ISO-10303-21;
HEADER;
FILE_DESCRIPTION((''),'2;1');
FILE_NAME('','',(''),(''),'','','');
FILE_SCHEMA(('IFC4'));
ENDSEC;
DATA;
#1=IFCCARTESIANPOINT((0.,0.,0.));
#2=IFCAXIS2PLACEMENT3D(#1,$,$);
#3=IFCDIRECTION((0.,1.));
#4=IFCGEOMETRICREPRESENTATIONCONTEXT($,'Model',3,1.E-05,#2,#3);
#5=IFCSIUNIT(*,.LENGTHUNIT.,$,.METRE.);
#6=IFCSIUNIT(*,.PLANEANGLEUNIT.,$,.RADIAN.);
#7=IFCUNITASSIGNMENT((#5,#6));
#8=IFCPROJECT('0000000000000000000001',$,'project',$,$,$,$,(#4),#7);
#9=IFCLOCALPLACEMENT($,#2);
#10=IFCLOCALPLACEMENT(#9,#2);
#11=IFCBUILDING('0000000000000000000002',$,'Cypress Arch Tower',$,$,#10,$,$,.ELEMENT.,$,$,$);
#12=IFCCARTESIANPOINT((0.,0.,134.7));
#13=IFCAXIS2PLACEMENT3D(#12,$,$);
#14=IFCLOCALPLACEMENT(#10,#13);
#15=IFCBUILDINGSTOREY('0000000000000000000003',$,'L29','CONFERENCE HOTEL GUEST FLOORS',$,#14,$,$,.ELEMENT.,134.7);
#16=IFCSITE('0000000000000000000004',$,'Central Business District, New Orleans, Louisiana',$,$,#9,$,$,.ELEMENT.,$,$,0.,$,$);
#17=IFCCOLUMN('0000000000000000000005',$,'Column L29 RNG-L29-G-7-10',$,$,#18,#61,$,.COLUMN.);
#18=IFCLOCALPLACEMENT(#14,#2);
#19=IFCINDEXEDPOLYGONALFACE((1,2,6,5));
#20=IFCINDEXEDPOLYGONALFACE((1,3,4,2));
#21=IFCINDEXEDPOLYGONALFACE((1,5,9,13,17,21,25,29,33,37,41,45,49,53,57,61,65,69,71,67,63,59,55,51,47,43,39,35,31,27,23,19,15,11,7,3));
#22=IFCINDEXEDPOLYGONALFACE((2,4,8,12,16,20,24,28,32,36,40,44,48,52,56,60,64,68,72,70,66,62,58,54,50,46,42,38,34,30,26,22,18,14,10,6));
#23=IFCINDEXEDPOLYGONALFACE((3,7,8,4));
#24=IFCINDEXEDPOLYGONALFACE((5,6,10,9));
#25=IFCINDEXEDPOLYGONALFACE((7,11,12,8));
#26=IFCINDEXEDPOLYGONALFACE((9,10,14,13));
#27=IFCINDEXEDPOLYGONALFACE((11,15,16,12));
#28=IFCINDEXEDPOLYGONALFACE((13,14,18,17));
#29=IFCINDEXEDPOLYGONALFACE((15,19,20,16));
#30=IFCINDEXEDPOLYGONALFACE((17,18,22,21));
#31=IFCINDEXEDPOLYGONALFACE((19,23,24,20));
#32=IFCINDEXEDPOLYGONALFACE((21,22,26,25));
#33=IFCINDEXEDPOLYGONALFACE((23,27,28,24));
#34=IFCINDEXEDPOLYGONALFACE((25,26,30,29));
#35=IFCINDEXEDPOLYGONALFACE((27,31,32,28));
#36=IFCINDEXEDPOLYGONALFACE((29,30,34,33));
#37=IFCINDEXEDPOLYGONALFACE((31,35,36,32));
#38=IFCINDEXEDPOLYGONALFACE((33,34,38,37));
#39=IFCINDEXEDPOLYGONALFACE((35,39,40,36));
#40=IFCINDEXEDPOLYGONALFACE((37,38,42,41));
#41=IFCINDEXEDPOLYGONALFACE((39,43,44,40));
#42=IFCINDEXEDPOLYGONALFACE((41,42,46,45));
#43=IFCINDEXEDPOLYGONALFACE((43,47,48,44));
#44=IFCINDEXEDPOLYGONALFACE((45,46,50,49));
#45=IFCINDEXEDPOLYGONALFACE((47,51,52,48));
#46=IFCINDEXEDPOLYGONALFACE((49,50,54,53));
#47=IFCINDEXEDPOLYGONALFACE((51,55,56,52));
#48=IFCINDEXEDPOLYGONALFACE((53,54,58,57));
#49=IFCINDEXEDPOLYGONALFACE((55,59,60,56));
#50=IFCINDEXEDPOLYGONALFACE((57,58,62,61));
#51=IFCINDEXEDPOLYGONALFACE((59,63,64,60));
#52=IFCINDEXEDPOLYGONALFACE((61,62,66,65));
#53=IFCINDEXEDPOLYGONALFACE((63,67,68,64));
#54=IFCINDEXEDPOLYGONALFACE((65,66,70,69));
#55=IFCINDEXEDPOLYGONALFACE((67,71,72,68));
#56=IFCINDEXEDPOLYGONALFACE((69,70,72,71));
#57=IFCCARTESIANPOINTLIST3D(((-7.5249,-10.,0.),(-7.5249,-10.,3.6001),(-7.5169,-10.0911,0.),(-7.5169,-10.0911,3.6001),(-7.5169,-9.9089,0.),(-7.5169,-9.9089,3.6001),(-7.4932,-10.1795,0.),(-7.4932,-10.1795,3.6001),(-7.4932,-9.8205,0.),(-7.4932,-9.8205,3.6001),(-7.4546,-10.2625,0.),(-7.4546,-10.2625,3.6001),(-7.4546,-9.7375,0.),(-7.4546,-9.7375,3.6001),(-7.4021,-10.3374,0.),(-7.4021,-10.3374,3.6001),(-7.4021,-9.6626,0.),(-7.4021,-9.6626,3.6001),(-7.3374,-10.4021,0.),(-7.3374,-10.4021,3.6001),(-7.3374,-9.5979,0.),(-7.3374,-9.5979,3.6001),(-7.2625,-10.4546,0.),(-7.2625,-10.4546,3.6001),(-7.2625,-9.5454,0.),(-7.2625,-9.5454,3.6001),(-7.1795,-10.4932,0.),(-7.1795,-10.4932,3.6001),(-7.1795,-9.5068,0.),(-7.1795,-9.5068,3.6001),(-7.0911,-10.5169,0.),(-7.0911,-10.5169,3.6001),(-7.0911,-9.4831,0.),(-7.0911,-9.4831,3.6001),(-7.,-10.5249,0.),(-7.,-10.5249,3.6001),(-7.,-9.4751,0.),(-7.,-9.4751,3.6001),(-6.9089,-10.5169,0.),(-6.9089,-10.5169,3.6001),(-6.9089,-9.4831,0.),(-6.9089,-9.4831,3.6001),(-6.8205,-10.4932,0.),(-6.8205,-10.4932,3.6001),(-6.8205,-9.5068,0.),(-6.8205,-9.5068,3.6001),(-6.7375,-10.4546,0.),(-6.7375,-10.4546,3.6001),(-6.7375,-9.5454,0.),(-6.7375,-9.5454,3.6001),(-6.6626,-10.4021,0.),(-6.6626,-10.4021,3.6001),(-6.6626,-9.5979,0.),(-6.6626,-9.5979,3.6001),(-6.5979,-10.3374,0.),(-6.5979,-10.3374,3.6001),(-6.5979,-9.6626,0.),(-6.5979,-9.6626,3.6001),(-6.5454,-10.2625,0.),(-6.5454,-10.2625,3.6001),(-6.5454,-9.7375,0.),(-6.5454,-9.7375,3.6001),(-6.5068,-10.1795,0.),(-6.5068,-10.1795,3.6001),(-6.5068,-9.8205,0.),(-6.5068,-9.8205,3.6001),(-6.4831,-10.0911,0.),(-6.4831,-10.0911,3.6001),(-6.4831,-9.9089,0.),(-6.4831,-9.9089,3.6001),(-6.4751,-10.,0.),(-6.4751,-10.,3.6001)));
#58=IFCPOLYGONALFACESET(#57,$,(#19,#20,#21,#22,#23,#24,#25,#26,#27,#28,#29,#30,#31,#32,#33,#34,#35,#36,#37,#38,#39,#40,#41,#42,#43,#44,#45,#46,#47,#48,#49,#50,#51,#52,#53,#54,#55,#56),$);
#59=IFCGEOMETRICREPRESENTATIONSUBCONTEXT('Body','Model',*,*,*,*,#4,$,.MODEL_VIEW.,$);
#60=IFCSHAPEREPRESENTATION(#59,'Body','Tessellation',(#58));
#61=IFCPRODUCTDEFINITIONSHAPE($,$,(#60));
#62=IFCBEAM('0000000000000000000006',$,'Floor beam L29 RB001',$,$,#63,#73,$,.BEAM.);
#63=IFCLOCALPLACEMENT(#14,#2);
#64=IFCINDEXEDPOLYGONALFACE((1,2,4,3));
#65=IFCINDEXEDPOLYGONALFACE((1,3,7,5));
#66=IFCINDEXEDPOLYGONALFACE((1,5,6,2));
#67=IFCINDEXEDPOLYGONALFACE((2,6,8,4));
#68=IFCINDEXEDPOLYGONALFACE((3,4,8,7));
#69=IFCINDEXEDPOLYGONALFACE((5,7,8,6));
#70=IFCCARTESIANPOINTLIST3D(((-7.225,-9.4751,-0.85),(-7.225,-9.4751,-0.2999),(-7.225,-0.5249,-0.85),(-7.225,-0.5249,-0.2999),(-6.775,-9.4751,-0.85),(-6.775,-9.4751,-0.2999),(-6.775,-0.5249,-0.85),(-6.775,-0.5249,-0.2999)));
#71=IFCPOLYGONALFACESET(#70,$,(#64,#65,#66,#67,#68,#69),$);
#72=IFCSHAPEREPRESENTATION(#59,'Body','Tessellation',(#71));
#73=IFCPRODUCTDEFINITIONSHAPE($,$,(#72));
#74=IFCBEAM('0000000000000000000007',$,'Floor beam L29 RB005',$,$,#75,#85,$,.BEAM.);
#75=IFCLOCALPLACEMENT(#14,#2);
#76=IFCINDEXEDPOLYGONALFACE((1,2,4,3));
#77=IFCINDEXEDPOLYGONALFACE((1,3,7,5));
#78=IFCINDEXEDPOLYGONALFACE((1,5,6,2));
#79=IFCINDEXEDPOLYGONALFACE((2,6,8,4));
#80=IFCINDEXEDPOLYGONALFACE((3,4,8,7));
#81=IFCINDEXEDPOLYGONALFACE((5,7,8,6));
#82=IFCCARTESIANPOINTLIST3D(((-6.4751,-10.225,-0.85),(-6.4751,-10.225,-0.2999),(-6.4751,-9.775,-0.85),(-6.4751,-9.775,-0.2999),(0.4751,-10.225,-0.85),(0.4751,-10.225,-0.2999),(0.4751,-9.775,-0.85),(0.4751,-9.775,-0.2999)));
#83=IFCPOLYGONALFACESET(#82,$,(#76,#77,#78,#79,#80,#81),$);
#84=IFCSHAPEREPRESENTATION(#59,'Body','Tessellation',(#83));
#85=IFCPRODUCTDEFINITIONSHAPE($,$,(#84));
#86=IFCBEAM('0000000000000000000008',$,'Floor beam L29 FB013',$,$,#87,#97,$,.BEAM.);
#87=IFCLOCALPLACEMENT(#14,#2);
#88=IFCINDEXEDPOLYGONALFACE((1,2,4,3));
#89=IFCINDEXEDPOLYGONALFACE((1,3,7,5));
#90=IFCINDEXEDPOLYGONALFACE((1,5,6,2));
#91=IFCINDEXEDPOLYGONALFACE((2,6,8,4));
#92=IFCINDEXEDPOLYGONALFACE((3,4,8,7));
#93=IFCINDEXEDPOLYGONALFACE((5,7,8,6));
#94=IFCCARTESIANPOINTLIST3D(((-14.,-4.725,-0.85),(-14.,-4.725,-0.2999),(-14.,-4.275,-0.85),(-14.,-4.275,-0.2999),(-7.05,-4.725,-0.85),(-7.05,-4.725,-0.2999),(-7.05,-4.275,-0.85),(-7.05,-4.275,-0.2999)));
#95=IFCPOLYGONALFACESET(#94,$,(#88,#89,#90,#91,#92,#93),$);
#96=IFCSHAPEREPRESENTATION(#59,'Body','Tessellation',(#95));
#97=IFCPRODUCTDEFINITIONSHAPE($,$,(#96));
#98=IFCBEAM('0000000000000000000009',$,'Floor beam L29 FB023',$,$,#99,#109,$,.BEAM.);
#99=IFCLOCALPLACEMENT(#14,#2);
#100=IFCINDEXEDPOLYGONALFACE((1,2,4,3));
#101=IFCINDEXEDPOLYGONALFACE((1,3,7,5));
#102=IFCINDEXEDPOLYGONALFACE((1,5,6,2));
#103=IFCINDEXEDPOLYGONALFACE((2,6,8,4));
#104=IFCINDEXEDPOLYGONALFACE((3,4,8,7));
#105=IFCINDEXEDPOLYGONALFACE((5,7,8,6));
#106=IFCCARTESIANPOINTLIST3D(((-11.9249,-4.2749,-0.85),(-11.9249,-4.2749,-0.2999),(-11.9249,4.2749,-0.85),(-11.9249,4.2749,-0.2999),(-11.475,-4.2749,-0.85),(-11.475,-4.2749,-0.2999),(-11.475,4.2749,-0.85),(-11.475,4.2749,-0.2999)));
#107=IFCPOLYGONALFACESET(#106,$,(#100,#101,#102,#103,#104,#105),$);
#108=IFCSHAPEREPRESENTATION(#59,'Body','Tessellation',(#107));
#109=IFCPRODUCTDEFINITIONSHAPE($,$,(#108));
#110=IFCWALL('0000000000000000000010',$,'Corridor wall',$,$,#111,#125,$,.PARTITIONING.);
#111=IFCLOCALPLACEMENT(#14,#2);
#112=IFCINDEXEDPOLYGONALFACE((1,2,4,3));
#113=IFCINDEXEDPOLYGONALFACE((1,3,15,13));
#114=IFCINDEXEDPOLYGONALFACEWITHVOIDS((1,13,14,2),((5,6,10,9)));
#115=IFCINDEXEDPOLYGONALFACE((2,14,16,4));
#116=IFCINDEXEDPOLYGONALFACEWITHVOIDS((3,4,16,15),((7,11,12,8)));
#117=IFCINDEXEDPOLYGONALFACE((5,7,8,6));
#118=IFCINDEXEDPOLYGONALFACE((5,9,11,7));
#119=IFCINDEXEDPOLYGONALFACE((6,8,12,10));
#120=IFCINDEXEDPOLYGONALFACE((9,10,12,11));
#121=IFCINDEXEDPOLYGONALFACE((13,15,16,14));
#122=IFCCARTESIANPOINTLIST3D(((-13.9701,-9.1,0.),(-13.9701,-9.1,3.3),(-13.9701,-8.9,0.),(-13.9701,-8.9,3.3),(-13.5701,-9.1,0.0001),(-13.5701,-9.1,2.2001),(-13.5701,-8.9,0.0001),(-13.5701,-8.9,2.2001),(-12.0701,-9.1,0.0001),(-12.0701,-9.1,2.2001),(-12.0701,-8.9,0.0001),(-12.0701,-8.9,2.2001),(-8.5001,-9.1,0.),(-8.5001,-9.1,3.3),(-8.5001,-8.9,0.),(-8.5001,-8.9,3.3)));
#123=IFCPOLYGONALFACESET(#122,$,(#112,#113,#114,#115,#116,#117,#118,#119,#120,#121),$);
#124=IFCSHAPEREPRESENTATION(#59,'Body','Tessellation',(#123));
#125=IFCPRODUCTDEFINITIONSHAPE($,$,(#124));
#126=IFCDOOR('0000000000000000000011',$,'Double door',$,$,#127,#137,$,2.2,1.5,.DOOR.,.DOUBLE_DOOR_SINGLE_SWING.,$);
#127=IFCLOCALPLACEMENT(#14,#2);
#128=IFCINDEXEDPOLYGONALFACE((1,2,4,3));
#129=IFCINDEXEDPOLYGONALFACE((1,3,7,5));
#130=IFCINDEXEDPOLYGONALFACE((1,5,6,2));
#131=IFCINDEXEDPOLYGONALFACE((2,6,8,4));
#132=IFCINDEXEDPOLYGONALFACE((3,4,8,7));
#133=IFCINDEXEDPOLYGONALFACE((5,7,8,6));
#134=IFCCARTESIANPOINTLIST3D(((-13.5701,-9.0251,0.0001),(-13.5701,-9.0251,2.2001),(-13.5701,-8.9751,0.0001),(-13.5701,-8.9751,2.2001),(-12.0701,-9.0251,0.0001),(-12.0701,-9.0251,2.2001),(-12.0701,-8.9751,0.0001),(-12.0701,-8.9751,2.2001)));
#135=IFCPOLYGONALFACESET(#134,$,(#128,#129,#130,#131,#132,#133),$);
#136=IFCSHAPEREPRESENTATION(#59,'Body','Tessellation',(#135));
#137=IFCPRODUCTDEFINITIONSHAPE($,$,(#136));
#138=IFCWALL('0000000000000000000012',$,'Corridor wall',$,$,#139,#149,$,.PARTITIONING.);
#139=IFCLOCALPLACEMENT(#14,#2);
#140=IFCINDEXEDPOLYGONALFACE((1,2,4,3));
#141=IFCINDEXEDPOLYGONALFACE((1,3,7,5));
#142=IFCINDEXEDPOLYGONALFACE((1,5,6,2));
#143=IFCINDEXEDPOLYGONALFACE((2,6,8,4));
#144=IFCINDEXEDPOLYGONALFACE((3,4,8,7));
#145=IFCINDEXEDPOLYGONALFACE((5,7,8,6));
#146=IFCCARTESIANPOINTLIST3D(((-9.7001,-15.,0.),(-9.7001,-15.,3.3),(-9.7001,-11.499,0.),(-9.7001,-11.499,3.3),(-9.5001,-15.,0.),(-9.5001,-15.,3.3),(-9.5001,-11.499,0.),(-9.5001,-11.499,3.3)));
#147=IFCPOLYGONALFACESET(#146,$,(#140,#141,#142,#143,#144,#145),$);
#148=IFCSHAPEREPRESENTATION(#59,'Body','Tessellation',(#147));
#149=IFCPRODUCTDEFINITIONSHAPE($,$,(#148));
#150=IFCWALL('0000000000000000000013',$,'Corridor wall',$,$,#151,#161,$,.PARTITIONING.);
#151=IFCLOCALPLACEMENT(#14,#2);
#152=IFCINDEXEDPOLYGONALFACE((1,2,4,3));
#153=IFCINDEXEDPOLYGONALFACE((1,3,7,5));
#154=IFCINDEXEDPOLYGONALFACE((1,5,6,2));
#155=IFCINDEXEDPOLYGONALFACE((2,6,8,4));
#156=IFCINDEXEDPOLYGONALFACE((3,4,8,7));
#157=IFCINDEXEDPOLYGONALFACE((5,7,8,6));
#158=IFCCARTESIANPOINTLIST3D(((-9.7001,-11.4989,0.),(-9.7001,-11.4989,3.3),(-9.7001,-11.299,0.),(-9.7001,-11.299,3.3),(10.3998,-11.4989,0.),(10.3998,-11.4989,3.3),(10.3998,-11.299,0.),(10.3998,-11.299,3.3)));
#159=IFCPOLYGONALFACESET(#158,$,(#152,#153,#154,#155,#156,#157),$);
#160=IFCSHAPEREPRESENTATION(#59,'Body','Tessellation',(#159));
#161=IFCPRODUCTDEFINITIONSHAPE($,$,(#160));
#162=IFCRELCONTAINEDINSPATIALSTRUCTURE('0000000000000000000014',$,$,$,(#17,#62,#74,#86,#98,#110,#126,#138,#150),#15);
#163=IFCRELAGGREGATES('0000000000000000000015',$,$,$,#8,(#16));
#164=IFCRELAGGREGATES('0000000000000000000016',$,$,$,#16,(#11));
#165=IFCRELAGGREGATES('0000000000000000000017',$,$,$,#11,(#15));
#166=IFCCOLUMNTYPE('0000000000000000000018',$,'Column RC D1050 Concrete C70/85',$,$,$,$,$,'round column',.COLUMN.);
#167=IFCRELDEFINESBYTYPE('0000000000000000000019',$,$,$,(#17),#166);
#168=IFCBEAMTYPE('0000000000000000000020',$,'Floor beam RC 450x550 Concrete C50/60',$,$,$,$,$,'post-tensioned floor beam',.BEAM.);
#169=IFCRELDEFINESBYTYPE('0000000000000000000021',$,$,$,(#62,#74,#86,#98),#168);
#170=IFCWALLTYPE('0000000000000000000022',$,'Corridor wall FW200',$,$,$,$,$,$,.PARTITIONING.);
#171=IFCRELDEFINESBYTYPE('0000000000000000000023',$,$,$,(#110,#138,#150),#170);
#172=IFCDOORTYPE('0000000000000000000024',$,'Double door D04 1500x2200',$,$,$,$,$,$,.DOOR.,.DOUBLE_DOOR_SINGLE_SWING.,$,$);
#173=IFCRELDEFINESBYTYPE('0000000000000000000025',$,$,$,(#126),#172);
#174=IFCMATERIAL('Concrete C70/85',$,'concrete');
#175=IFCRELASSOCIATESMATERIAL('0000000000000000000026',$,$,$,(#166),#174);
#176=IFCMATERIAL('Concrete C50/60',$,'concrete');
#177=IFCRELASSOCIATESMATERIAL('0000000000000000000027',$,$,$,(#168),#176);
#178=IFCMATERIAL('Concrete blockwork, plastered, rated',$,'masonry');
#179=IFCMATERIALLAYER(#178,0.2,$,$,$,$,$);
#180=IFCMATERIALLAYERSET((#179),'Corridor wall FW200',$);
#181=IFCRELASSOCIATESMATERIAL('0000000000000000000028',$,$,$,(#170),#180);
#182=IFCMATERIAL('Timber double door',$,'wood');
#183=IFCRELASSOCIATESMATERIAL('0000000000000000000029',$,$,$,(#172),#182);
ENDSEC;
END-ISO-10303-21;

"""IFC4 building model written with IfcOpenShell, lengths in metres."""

from ifc_helpers import new_model, si_unit, direction, frame, frame_2d, origin, origin_2d, place, context, subcontext, project, spatial, rectangle, circle, extrude, material, layer, layer_set, material_profile, profile_set, type_object, element, fill, save


model = new_model("IFC4")

# Units and contexts
model_context = context("Model", 3, precision=1e-05, world=origin(), true_north=direction((0.0, 1.0)))
body_context = subcontext(model_context, "Body", "Model", "MODEL_VIEW")
ifc_project = project(units=[si_unit("LENGTHUNIT", "METRE"), si_unit("PLANEANGLEUNIT", "RADIAN")], contexts=[model_context])

# Site, building, storey
site_placement = place(None, origin())
site = spatial("IfcSite", under=ifc_project, at=site_placement, Name="Central Business District, New Orleans, Louisiana", CompositionType="ELEMENT", RefElevation=0.0)
building_placement = place(site_placement, origin())
building = spatial("IfcBuilding", under=site, at=building_placement, Name="Cypress Arch Tower", CompositionType="ELEMENT")
storey_placement = place(building_placement, frame((0.0, 0.0, 134.7)))
storey = spatial("IfcBuildingStorey", under=building, at=storey_placement, Name="L29", Description="CONFERENCE HOTEL GUEST FLOORS", CompositionType="ELEMENT", Elevation=134.7)

# Column
ifc_material_1 = material(Name="Concrete C70/85", Category="concrete")
ifc_material_profile_1 = material_profile(ifc_material_1, circle(Radius=0.5249, at=origin_2d()), Name="RC D1050")
ifc_profile_set_1 = profile_set([ifc_material_profile_1], Name="Concrete C70/85")
column_type = type_object("IfcColumnType", Name="Column RC D1050 Concrete C70/85", ElementType="round column", PredefinedType="COLUMN", material=ifc_profile_set_1)
column_placement = place(storey_placement, frame((-7.0, -10.0, 0.0), z_axis=(0.0, 0.0, 1.0), x_axis=(1.0, 0.0, 0.0)))
element("IfcColumn", 1, at=column_placement, inside=storey, type_object=column_type, Name="Column L29 RNG-L29-G-7-10", PredefinedType="COLUMN", context=body_context, shape_type="SweptSolid", body=[
    extrude(circle(Radius=0.5249, at=origin_2d()), origin(), (0.0, 0.0, 1.0), 3.6001),
])

# Beams
ifc_material_2 = material(Name="Concrete C50/60", Category="concrete")
ifc_material_profile_2 = material_profile(ifc_material_2, rectangle(XDim=0.45, YDim=0.55, at=origin_2d()), Name="RC 450x550")
ifc_profile_set_2 = profile_set([ifc_material_profile_2], Name="Concrete C50/60")
beam_type = type_object("IfcBeamType", Name="Floor beam RC 450x550 Concrete C50/60", ElementType="post-tensioned floor beam", PredefinedType="BEAM", material=ifc_profile_set_2)
beam_1_placement = place(storey_placement, frame((-7.0, -9.4751, -0.575), z_axis=(0.0, 1.0, 0.0), x_axis=(-1.0, 0.0, 0.0)))
element("IfcBeam", 2, at=beam_1_placement, inside=storey, type_object=beam_type, Name="Floor beam L29 RB001", PredefinedType="BEAM", context=body_context, shape_type="SweptSolid", body=[
    extrude(rectangle(XDim=0.45, YDim=0.55, at=origin_2d()), origin(), (0.0, 0.0, 1.0), 8.9502),
])
beam_2_placement = place(storey_placement, frame((-6.4751, -10.0, -0.575), z_axis=(1.0, 0.0, 0.0), x_axis=(0.0, 1.0, 0.0)))
element("IfcBeam", 3, at=beam_2_placement, inside=storey, type_object=beam_type, Name="Floor beam L29 RB005", PredefinedType="BEAM", context=body_context, shape_type="SweptSolid", body=[
    extrude(rectangle(XDim=0.45, YDim=0.55, at=origin_2d()), origin(), (0.0, 0.0, 1.0), 6.9502),
])
beam_3_placement = place(storey_placement, frame((-14.0, -4.5, -0.575), z_axis=(1.0, 0.0, 0.0), x_axis=(0.0, 1.0, 0.0)))
element("IfcBeam", 4, at=beam_3_placement, inside=storey, type_object=beam_type, Name="Floor beam L29 FB013", PredefinedType="BEAM", context=body_context, shape_type="SweptSolid", body=[
    extrude(rectangle(XDim=0.45, YDim=0.55, at=origin_2d()), origin(), (0.0, 0.0, 1.0), 6.95),
])
beam_4_placement = place(storey_placement, frame((-11.7, -4.2749, -0.575), z_axis=(0.0, 1.0, 0.0), x_axis=(-1.0, 0.0, 0.0)))
element("IfcBeam", 5, at=beam_4_placement, inside=storey, type_object=beam_type, Name="Floor beam L29 FB023", PredefinedType="BEAM", context=body_context, shape_type="SweptSolid", body=[
    extrude(rectangle(XDim=0.45, YDim=0.55, at=origin_2d()), origin(), (0.0, 0.0, 1.0), 8.5498),
])

# Wall, opening, door
ifc_material_3 = material(Name="Concrete blockwork, plastered, rated", Category="masonry")
ifc_layer_1 = layer(ifc_material_3, 0.2)
ifc_layer_set_1 = layer_set([ifc_layer_1], Name="Corridor wall FW200")
wall_type_1 = type_object("IfcWallType", Name="Corridor wall FW200", PredefinedType="PARTITIONING", material=ifc_layer_set_1)
wall_1_placement = place(storey_placement, frame((-13.97, -9.0, 0.0), z_axis=(0.0, 0.0, 1.0), x_axis=(1.0, 0.0, 0.0)))
wall_1 = element("IfcWall", 6, at=wall_1_placement, inside=storey, type_object=wall_type_1, Name="Corridor wall", PredefinedType="PARTITIONING", context=body_context, shape_type="SweptSolid", body=[
    extrude(rectangle(XDim=5.47, YDim=0.2, at=frame_2d((2.7349, 0.0))), origin(), (0.0, 0.0, 1.0), 3.3),
])
opening_1_placement = place(wall_1_placement, frame((0.3999, 0.0, 0.0)))
opening_1 = element("IfcOpeningElement", 7, at=opening_1_placement, cuts=wall_1, PredefinedType="OPENING", context=body_context, shape_type="SweptSolid", body=[
    extrude(rectangle(XDim=1.5, YDim=2.2, at=frame_2d((0.75, 1.1001))), frame((0.0, 0.1099, 0.0), z_axis=(0.0, -1.0, 0.0), x_axis=(1.0, 0.0, 0.0)), (0.0, 0.0, 1.0), 0.22),
])
ifc_material_4 = material(Name="Timber double door", Category="wood")
door_type_1 = type_object("IfcDoorType", Name="Double door D04 1500x2200", OperationType="DOUBLE_DOOR_SINGLE_SWING", PredefinedType="DOOR", material=ifc_material_4)
door_1_placement = place(opening_1_placement, origin())
door_1 = element("IfcDoor", 8, at=door_1_placement, inside=storey, type_object=door_type_1, Name="Double door", OperationType="DOUBLE_DOOR_SINGLE_SWING", OverallHeight=2.2, OverallWidth=1.5, PredefinedType="DOOR", context=body_context, shape_type="SweptSolid", body=[
    extrude(rectangle(XDim=1.5, YDim=2.2, at=frame_2d((0.75, 1.1001))), frame((0.0, 0.0249, 0.0), z_axis=(0.0, -1.0, 0.0), x_axis=(1.0, 0.0, 0.0)), (0.0, 0.0, 1.0), 0.05),
])
fill(opening_1, door_1)

# Walls
wall_2_placement = place(storey_placement, frame((-9.6001, -15.0, 0.0), z_axis=(0.0, 0.0, 1.0), x_axis=(0.0, 1.0, 0.0)))
element("IfcWall", 9, at=wall_2_placement, inside=storey, type_object=wall_type_1, Name="Corridor wall", PredefinedType="PARTITIONING", context=body_context, shape_type="SweptSolid", body=[
    extrude(rectangle(XDim=3.501, YDim=0.2, at=frame_2d((1.7505, 0.0))), origin(), (0.0, 0.0, 1.0), 3.3),
])
wall_3_placement = place(storey_placement, frame((-9.7, -11.3989, 0.0), z_axis=(0.0, 0.0, 1.0), x_axis=(1.0, 0.0, 0.0)))
element("IfcWall", 10, at=wall_3_placement, inside=storey, type_object=wall_type_1, Name="Corridor wall", PredefinedType="PARTITIONING", context=body_context, shape_type="SweptSolid", body=[
    extrude(rectangle(XDim=20.0999, YDim=0.2, at=frame_2d((10.0498, 0.0))), origin(), (0.0, 0.0, 1.0), 3.3),
])

save(model, "model.ifc")
